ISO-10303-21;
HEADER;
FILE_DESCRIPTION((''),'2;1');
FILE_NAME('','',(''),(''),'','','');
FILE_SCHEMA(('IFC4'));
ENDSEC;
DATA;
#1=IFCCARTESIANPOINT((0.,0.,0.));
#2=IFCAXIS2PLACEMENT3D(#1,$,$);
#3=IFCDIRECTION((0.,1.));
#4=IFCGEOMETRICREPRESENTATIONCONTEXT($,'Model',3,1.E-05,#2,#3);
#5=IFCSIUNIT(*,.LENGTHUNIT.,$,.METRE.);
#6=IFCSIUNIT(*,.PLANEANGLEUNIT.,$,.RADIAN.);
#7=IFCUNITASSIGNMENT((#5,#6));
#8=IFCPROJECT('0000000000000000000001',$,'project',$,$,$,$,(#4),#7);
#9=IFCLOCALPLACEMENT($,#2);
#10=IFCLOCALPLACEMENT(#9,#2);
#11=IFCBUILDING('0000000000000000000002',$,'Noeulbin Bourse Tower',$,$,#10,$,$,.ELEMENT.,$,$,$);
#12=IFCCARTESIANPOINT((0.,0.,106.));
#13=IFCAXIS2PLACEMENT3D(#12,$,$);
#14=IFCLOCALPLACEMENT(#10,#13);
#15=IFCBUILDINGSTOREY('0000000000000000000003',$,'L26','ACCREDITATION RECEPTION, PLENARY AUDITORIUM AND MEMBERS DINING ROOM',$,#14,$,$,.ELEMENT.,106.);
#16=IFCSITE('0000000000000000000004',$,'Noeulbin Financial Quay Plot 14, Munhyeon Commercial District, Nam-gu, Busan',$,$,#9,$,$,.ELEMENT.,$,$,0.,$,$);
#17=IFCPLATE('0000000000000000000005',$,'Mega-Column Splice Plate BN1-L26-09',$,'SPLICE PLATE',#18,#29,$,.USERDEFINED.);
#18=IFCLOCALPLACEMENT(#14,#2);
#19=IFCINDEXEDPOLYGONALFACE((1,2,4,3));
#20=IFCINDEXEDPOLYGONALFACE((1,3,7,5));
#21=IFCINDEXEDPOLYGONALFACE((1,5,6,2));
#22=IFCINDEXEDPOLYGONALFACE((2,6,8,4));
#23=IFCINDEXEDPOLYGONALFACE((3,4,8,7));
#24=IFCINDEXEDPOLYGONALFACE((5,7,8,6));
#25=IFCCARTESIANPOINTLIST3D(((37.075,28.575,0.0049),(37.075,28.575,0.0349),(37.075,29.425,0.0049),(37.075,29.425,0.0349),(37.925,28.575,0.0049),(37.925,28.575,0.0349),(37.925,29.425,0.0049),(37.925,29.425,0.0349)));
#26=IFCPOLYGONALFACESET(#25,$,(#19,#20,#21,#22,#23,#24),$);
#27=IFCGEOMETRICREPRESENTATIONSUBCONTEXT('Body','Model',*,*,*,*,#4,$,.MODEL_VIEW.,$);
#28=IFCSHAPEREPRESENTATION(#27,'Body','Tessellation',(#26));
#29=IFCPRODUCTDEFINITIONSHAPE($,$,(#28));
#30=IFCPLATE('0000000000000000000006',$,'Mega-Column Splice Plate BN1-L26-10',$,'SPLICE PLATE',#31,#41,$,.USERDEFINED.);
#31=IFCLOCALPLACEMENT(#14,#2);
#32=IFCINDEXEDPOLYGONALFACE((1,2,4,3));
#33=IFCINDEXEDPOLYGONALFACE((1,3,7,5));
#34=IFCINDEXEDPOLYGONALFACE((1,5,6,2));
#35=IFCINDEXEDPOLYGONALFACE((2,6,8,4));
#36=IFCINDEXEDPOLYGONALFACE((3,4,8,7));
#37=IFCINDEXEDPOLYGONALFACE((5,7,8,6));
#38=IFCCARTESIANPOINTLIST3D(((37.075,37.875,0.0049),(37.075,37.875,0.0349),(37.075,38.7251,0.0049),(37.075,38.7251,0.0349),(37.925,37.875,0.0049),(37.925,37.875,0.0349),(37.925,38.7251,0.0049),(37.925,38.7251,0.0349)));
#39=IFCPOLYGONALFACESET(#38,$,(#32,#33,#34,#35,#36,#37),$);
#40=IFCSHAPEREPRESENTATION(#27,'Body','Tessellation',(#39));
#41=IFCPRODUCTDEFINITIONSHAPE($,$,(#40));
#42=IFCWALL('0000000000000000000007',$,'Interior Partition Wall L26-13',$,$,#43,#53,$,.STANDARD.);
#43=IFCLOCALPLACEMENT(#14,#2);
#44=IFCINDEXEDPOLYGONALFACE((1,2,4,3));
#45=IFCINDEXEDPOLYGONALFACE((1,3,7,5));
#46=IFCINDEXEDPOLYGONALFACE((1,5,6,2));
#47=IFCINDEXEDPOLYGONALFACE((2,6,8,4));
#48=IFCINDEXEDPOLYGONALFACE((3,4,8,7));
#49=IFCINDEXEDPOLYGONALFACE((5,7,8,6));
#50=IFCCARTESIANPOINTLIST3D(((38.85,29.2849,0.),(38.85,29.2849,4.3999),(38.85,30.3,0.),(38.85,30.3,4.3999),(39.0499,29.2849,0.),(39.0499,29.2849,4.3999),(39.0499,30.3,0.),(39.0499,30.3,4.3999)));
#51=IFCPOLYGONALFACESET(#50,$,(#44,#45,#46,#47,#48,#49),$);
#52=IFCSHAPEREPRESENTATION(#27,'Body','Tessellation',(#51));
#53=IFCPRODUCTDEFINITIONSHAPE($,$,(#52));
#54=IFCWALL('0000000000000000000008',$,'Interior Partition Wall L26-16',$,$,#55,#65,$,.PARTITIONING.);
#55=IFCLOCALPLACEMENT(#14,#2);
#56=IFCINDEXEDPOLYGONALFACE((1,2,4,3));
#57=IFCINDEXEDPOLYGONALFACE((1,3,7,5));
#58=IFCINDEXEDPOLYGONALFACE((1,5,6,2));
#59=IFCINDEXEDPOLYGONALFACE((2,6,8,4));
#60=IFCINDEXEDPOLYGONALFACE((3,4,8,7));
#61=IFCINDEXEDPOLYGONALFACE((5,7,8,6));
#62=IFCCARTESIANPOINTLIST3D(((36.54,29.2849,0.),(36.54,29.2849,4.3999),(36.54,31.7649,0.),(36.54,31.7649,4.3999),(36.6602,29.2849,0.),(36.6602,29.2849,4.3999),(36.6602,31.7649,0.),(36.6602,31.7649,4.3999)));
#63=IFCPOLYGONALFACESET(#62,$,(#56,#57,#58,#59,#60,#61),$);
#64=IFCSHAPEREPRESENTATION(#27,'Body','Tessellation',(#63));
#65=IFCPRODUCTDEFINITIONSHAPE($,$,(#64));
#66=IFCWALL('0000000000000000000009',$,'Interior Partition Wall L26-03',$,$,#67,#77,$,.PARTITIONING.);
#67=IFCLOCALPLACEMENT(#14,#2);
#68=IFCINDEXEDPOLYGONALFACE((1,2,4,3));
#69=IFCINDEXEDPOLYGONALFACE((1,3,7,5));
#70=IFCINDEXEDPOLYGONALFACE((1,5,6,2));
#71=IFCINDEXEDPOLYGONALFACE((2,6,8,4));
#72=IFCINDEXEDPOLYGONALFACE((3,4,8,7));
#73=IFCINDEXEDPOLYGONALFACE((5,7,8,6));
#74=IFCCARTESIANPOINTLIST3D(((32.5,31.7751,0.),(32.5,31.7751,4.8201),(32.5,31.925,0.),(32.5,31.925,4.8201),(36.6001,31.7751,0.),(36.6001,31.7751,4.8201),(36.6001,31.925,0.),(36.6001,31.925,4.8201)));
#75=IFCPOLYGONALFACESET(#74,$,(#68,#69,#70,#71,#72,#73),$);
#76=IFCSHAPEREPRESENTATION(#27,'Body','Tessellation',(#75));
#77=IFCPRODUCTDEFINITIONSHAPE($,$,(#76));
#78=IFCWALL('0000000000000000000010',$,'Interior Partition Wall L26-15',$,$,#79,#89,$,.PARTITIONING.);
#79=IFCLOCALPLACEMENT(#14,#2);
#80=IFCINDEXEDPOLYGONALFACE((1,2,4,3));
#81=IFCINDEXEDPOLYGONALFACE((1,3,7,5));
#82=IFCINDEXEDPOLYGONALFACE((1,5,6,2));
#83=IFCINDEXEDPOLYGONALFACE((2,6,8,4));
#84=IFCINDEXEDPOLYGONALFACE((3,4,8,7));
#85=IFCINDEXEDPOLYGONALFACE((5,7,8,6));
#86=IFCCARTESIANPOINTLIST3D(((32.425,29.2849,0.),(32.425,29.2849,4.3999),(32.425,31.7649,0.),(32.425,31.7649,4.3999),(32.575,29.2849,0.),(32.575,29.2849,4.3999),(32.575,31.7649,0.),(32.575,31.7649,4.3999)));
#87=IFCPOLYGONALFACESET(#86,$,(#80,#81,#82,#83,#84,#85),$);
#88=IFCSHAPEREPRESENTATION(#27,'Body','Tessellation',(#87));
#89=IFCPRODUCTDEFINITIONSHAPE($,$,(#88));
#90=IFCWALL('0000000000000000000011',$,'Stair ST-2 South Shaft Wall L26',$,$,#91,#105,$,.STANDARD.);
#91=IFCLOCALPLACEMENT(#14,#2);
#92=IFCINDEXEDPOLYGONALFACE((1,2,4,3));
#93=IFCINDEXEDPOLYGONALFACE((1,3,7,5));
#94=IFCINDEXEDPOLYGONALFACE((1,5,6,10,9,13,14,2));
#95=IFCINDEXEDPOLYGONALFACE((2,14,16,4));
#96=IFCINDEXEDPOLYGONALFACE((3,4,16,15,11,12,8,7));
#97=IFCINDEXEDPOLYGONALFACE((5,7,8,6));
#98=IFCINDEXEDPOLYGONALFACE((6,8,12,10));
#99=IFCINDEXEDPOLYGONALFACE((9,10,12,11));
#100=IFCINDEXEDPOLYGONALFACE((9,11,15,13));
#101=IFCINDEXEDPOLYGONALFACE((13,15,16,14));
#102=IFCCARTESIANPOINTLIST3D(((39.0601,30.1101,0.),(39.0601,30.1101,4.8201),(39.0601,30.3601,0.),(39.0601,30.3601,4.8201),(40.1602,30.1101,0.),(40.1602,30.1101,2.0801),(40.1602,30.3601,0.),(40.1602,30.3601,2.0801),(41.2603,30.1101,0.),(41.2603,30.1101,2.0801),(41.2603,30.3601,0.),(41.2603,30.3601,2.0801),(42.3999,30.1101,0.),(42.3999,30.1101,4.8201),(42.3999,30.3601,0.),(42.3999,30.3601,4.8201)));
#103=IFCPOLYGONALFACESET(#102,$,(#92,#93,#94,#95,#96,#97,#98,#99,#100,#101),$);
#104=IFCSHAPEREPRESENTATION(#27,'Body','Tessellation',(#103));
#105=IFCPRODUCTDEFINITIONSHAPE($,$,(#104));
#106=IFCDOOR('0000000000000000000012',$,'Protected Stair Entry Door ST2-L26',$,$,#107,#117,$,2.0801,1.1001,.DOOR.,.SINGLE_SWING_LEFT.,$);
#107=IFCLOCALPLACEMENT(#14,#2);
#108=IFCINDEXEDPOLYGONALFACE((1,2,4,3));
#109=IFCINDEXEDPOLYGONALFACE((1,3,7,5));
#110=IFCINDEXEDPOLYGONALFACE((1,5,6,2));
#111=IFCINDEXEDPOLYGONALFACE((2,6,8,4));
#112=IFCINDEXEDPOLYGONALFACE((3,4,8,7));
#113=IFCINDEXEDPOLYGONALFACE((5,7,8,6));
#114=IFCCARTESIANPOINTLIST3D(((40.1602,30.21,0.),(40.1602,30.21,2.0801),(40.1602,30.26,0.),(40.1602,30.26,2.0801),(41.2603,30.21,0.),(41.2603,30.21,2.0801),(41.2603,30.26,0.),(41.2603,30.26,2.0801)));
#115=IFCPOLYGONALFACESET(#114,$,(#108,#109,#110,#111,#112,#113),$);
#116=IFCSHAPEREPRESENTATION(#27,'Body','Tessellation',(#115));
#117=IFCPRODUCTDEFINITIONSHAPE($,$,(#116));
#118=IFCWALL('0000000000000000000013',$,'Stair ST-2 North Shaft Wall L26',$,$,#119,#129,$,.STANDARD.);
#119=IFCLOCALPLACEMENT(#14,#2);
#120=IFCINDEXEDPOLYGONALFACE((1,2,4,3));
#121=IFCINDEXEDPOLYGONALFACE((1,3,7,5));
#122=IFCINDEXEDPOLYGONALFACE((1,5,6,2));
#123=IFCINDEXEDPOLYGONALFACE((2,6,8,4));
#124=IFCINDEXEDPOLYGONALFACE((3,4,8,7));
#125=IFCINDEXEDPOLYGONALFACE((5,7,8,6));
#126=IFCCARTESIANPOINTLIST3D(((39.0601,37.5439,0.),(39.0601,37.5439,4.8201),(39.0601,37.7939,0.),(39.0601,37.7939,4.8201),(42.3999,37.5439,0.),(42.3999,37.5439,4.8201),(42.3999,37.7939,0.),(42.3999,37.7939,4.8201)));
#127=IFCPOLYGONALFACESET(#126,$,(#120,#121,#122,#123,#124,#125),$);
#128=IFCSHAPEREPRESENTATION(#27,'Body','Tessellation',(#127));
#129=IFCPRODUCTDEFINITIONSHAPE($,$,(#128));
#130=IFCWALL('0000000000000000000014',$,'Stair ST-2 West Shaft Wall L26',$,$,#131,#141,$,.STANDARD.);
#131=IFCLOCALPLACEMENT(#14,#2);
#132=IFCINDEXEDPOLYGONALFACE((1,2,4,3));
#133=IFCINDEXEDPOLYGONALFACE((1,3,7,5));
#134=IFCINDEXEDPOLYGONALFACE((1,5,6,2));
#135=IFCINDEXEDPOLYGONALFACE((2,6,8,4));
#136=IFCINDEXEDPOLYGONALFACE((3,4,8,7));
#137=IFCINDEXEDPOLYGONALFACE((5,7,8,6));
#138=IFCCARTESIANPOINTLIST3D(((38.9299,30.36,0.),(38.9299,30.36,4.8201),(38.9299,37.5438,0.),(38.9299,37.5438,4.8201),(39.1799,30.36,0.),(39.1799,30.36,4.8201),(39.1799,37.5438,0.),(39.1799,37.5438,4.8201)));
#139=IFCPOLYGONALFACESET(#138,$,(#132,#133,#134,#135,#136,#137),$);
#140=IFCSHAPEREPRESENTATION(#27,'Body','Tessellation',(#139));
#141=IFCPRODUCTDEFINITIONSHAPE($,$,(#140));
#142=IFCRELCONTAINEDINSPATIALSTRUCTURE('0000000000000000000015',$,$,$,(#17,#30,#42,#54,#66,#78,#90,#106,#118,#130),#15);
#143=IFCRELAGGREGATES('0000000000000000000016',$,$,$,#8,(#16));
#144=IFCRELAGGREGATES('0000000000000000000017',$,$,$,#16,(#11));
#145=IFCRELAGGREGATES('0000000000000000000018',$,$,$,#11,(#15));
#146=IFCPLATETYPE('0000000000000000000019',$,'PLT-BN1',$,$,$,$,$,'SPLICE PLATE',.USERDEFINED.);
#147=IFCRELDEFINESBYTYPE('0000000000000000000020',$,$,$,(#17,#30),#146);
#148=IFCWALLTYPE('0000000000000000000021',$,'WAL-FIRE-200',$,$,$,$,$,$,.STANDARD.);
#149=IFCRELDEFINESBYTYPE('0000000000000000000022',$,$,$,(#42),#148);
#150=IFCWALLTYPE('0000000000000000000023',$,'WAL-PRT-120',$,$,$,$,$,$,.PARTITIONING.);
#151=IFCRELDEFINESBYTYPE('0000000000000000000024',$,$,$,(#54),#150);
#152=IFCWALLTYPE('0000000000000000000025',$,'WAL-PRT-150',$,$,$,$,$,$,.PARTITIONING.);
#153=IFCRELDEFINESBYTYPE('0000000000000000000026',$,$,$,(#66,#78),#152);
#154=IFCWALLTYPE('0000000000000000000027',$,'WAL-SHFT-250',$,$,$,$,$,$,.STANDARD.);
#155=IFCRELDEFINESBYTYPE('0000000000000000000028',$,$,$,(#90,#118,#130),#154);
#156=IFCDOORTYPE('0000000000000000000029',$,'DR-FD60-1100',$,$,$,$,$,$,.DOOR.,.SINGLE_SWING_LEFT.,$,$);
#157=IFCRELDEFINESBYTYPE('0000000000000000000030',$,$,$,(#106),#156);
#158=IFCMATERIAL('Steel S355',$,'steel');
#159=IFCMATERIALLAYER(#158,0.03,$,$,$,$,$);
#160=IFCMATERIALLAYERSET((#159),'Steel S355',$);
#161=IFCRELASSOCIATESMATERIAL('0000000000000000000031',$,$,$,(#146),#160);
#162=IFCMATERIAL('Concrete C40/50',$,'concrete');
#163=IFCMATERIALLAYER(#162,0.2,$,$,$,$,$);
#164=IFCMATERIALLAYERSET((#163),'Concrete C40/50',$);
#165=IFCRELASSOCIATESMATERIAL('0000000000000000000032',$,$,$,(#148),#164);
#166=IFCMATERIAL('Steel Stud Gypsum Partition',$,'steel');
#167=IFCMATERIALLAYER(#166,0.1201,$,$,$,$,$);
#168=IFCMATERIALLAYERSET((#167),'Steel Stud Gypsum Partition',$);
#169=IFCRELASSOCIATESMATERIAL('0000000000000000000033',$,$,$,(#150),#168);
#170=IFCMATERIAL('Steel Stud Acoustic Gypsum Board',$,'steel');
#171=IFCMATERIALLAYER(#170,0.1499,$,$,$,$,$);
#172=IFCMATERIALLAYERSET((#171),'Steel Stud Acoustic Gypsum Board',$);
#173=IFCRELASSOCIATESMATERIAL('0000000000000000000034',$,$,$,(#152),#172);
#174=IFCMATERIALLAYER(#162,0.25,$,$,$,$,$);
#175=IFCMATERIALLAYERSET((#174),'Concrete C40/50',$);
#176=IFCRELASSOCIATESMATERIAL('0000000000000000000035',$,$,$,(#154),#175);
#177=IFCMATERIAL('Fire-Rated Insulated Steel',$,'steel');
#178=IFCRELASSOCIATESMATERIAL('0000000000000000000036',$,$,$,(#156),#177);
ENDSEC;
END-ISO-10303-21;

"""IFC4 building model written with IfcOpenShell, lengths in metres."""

from ifc_helpers import new_model, si_unit, direction, frame, frame_2d, origin, origin_2d, place, context, subcontext, project, spatial, rectangle, extrude, material, layer, layer_set, type_object, element, fill, save


model = new_model("IFC4")

# Units and contexts
model_context = context("Model", 3, precision=1e-05, world=origin(), true_north=direction((0.0, 1.0)))
body_context = subcontext(model_context, "Body", "Model", "MODEL_VIEW")
ifc_project = project(units=[si_unit("LENGTHUNIT", "METRE"), si_unit("PLANEANGLEUNIT", "RADIAN")], contexts=[model_context])

# Site, building, storey
site_placement = place(None, origin())
site = spatial("IfcSite", under=ifc_project, at=site_placement, Name="Noeulbin Financial Quay Plot 14, Munhyeon Commercial District, Nam-gu, Busan", CompositionType="ELEMENT", RefElevation=0.0)
building_placement = place(site_placement, origin())
building = spatial("IfcBuilding", under=site, at=building_placement, Name="Noeulbin Bourse Tower", CompositionType="ELEMENT")
storey_placement = place(building_placement, frame((0.0, 0.0, 106.0)))
storey = spatial("IfcBuildingStorey", under=building, at=storey_placement, Name="L26", Description="ACCREDITATION RECEPTION, PLENARY AUDITORIUM AND MEMBERS DINING ROOM", CompositionType="ELEMENT", Elevation=106.0)

# Shared definitions
ifc_material_1 = material(Name="Steel S355", Category="steel")

# Plates
ifc_layer_1 = layer(ifc_material_1, 0.03)
ifc_layer_set_1 = layer_set([ifc_layer_1], Name="Steel S355")
plate_type = type_object("IfcPlateType", Name="PLT-BN1", ElementType="SPLICE PLATE", PredefinedType="USERDEFINED", material=ifc_layer_set_1)
for number, where, z_axis, x_axis, name in (
    (1, (37.5, 29.0, 0.0049), (0.0, 0.0, 1.0), (1.0, 0.0, 0.0), "Mega-Column Splice Plate BN1-L26-09"),
    (2, (37.5, 38.3, 0.0049), (0.0, 0.0, 1.0), (1.0, 0.0, 0.0), "Mega-Column Splice Plate BN1-L26-10"),
):
    element("IfcPlate", number, at=place(storey_placement, frame(where, z_axis=z_axis, x_axis=x_axis)), inside=storey, type_object=plate_type, Name=name, ObjectType="SPLICE PLATE", PredefinedType="USERDEFINED", context=body_context, shape_type="SweptSolid", body=[
        extrude(rectangle(XDim=0.8501, YDim=0.8501, at=origin_2d()), origin(), (0.0, 0.0, 1.0), 0.03),
    ])

# Walls
ifc_material_2 = material(Name="Concrete C40/50", Category="concrete")
ifc_layer_2 = layer(ifc_material_2, 0.2)
ifc_layer_set_2 = layer_set([ifc_layer_2], Name="Concrete C40/50")
wall_type_1 = type_object("IfcWallType", Name="WAL-FIRE-200", PredefinedType="STANDARD", material=ifc_layer_set_2)
wall_1_placement = place(storey_placement, frame((38.95, 29.2849, 0.0), z_axis=(0.0, 0.0, 1.0), x_axis=(0.0, 1.0, 0.0)))
element("IfcWall", 3, at=wall_1_placement, inside=storey, type_object=wall_type_1, Name="Interior Partition Wall L26-13", PredefinedType="STANDARD", context=body_context, shape_type="SweptSolid", body=[
    extrude(rectangle(XDim=1.0151, YDim=0.2, at=frame_2d((0.5076, 0.0))), origin(), (0.0, 0.0, 1.0), 4.3999),
])
ifc_material_3 = material(Name="Steel Stud Gypsum Partition", Category="steel")
ifc_layer_3 = layer(ifc_material_3, 0.1201)
ifc_layer_set_3 = layer_set([ifc_layer_3], Name="Steel Stud Gypsum Partition")
wall_type_2 = type_object("IfcWallType", Name="WAL-PRT-120", PredefinedType="PARTITIONING", material=ifc_layer_set_3)
wall_2_placement = place(storey_placement, frame((36.6001, 29.2849, 0.0), z_axis=(0.0, 0.0, 1.0), x_axis=(0.0, 1.0, 0.0)))
element("IfcWall", 4, at=wall_2_placement, inside=storey, type_object=wall_type_2, Name="Interior Partition Wall L26-16", PredefinedType="PARTITIONING", context=body_context, shape_type="SweptSolid", body=[
    extrude(rectangle(XDim=2.48, YDim=0.1201, at=frame_2d((1.24, 0.0))), origin(), (0.0, 0.0, 1.0), 4.3999),
])
ifc_material_4 = material(Name="Steel Stud Acoustic Gypsum Board", Category="steel")
ifc_layer_4 = layer(ifc_material_4, 0.1499)
ifc_layer_set_4 = layer_set([ifc_layer_4], Name="Steel Stud Acoustic Gypsum Board")
wall_type_3 = type_object("IfcWallType", Name="WAL-PRT-150", PredefinedType="PARTITIONING", material=ifc_layer_set_4)
wall_3_placement = place(storey_placement, frame((32.5, 31.8501, 0.0), z_axis=(0.0, 0.0, 1.0), x_axis=(1.0, 0.0, 0.0)))
element("IfcWall", 5, at=wall_3_placement, inside=storey, type_object=wall_type_3, Name="Interior Partition Wall L26-03", PredefinedType="PARTITIONING", context=body_context, shape_type="SweptSolid", body=[
    extrude(rectangle(XDim=4.1001, YDim=0.1499, at=frame_2d((2.05, 0.0))), origin(), (0.0, 0.0, 1.0), 4.8201),
])
wall_4_placement = place(storey_placement, frame((32.5, 29.2849, 0.0), z_axis=(0.0, 0.0, 1.0), x_axis=(0.0, 1.0, 0.0)))
element("IfcWall", 6, at=wall_4_placement, inside=storey, type_object=wall_type_3, Name="Interior Partition Wall L26-15", PredefinedType="PARTITIONING", context=body_context, shape_type="SweptSolid", body=[
    extrude(rectangle(XDim=2.48, YDim=0.1499, at=frame_2d((1.24, 0.0))), origin(), (0.0, 0.0, 1.0), 4.3999),
])

# Wall, opening, door
ifc_layer_5 = layer(ifc_material_2, 0.25)
ifc_layer_set_5 = layer_set([ifc_layer_5], Name="Concrete C40/50")
wall_type_4 = type_object("IfcWallType", Name="WAL-SHFT-250", PredefinedType="STANDARD", material=ifc_layer_set_5)
wall_5_placement = place(storey_placement, frame((39.0601, 30.2351, 0.0), z_axis=(0.0, 0.0, 1.0), x_axis=(1.0, 0.0, 0.0)))
wall_5 = element("IfcWall", 7, at=wall_5_placement, inside=storey, type_object=wall_type_4, Name="Stair ST-2 South Shaft Wall L26", PredefinedType="STANDARD", context=body_context, shape_type="SweptSolid", body=[
    extrude(rectangle(XDim=3.3398, YDim=0.25, at=frame_2d((1.6699, 0.0))), origin(), (0.0, 0.0, 1.0), 4.8201),
])
opening_1_placement = place(wall_5_placement, frame((1.1001, 0.0, 0.0)))
opening_1 = element("IfcOpeningElement", 8, at=opening_1_placement, cuts=wall_5, PredefinedType="OPENING", context=body_context, shape_type="SweptSolid", body=[
    extrude(rectangle(XDim=1.1001, YDim=2.0801, at=frame_2d((0.55, 1.04))), frame((0.0, 0.135, 0.0), z_axis=(0.0, -1.0, 0.0), x_axis=(1.0, 0.0, 0.0)), (0.0, 0.0, 1.0), 0.27),
])
ifc_material_5 = material(Name="Fire-Rated Insulated Steel", Category="steel")
door_type_1 = type_object("IfcDoorType", Name="DR-FD60-1100", OperationType="SINGLE_SWING_LEFT", PredefinedType="DOOR", material=ifc_material_5)
door_1_placement = place(opening_1_placement, origin())
door_1 = element("IfcDoor", 9, at=door_1_placement, inside=storey, type_object=door_type_1, Name="Protected Stair Entry Door ST2-L26", OperationType="SINGLE_SWING_LEFT", OverallHeight=2.0801, OverallWidth=1.1001, PredefinedType="DOOR", context=body_context, shape_type="SweptSolid", body=[
    extrude(rectangle(XDim=1.1001, YDim=2.0801, at=frame_2d((0.55, 1.04))), frame((0.0, 0.0249, 0.0), z_axis=(0.0, -1.0, 0.0), x_axis=(1.0, 0.0, 0.0)), (0.0, 0.0, 1.0), 0.05),
])
fill(opening_1, door_1)

# Walls
wall_6_placement = place(storey_placement, frame((39.0601, 37.6689, 0.0), z_axis=(0.0, 0.0, 1.0), x_axis=(1.0, 0.0, 0.0)))
element("IfcWall", 10, at=wall_6_placement, inside=storey, type_object=wall_type_4, Name="Stair ST-2 North Shaft Wall L26", PredefinedType="STANDARD", context=body_context, shape_type="SweptSolid", body=[
    extrude(rectangle(XDim=3.3398, YDim=0.25, at=frame_2d((1.6699, 0.0))), origin(), (0.0, 0.0, 1.0), 4.8201),
])
wall_7_placement = place(storey_placement, frame((39.0549, 30.3601, 0.0), z_axis=(0.0, 0.0, 1.0), x_axis=(0.0, 1.0, 0.0)))
element("IfcWall", 11, at=wall_7_placement, inside=storey, type_object=wall_type_4, Name="Stair ST-2 West Shaft Wall L26", PredefinedType="STANDARD", context=body_context, shape_type="SweptSolid", body=[
    extrude(rectangle(XDim=7.1838, YDim=0.25, at=frame_2d((3.5918, 0.0))), origin(), (0.0, 0.0, 1.0), 4.8201),
])

save(model, "model.ifc")
